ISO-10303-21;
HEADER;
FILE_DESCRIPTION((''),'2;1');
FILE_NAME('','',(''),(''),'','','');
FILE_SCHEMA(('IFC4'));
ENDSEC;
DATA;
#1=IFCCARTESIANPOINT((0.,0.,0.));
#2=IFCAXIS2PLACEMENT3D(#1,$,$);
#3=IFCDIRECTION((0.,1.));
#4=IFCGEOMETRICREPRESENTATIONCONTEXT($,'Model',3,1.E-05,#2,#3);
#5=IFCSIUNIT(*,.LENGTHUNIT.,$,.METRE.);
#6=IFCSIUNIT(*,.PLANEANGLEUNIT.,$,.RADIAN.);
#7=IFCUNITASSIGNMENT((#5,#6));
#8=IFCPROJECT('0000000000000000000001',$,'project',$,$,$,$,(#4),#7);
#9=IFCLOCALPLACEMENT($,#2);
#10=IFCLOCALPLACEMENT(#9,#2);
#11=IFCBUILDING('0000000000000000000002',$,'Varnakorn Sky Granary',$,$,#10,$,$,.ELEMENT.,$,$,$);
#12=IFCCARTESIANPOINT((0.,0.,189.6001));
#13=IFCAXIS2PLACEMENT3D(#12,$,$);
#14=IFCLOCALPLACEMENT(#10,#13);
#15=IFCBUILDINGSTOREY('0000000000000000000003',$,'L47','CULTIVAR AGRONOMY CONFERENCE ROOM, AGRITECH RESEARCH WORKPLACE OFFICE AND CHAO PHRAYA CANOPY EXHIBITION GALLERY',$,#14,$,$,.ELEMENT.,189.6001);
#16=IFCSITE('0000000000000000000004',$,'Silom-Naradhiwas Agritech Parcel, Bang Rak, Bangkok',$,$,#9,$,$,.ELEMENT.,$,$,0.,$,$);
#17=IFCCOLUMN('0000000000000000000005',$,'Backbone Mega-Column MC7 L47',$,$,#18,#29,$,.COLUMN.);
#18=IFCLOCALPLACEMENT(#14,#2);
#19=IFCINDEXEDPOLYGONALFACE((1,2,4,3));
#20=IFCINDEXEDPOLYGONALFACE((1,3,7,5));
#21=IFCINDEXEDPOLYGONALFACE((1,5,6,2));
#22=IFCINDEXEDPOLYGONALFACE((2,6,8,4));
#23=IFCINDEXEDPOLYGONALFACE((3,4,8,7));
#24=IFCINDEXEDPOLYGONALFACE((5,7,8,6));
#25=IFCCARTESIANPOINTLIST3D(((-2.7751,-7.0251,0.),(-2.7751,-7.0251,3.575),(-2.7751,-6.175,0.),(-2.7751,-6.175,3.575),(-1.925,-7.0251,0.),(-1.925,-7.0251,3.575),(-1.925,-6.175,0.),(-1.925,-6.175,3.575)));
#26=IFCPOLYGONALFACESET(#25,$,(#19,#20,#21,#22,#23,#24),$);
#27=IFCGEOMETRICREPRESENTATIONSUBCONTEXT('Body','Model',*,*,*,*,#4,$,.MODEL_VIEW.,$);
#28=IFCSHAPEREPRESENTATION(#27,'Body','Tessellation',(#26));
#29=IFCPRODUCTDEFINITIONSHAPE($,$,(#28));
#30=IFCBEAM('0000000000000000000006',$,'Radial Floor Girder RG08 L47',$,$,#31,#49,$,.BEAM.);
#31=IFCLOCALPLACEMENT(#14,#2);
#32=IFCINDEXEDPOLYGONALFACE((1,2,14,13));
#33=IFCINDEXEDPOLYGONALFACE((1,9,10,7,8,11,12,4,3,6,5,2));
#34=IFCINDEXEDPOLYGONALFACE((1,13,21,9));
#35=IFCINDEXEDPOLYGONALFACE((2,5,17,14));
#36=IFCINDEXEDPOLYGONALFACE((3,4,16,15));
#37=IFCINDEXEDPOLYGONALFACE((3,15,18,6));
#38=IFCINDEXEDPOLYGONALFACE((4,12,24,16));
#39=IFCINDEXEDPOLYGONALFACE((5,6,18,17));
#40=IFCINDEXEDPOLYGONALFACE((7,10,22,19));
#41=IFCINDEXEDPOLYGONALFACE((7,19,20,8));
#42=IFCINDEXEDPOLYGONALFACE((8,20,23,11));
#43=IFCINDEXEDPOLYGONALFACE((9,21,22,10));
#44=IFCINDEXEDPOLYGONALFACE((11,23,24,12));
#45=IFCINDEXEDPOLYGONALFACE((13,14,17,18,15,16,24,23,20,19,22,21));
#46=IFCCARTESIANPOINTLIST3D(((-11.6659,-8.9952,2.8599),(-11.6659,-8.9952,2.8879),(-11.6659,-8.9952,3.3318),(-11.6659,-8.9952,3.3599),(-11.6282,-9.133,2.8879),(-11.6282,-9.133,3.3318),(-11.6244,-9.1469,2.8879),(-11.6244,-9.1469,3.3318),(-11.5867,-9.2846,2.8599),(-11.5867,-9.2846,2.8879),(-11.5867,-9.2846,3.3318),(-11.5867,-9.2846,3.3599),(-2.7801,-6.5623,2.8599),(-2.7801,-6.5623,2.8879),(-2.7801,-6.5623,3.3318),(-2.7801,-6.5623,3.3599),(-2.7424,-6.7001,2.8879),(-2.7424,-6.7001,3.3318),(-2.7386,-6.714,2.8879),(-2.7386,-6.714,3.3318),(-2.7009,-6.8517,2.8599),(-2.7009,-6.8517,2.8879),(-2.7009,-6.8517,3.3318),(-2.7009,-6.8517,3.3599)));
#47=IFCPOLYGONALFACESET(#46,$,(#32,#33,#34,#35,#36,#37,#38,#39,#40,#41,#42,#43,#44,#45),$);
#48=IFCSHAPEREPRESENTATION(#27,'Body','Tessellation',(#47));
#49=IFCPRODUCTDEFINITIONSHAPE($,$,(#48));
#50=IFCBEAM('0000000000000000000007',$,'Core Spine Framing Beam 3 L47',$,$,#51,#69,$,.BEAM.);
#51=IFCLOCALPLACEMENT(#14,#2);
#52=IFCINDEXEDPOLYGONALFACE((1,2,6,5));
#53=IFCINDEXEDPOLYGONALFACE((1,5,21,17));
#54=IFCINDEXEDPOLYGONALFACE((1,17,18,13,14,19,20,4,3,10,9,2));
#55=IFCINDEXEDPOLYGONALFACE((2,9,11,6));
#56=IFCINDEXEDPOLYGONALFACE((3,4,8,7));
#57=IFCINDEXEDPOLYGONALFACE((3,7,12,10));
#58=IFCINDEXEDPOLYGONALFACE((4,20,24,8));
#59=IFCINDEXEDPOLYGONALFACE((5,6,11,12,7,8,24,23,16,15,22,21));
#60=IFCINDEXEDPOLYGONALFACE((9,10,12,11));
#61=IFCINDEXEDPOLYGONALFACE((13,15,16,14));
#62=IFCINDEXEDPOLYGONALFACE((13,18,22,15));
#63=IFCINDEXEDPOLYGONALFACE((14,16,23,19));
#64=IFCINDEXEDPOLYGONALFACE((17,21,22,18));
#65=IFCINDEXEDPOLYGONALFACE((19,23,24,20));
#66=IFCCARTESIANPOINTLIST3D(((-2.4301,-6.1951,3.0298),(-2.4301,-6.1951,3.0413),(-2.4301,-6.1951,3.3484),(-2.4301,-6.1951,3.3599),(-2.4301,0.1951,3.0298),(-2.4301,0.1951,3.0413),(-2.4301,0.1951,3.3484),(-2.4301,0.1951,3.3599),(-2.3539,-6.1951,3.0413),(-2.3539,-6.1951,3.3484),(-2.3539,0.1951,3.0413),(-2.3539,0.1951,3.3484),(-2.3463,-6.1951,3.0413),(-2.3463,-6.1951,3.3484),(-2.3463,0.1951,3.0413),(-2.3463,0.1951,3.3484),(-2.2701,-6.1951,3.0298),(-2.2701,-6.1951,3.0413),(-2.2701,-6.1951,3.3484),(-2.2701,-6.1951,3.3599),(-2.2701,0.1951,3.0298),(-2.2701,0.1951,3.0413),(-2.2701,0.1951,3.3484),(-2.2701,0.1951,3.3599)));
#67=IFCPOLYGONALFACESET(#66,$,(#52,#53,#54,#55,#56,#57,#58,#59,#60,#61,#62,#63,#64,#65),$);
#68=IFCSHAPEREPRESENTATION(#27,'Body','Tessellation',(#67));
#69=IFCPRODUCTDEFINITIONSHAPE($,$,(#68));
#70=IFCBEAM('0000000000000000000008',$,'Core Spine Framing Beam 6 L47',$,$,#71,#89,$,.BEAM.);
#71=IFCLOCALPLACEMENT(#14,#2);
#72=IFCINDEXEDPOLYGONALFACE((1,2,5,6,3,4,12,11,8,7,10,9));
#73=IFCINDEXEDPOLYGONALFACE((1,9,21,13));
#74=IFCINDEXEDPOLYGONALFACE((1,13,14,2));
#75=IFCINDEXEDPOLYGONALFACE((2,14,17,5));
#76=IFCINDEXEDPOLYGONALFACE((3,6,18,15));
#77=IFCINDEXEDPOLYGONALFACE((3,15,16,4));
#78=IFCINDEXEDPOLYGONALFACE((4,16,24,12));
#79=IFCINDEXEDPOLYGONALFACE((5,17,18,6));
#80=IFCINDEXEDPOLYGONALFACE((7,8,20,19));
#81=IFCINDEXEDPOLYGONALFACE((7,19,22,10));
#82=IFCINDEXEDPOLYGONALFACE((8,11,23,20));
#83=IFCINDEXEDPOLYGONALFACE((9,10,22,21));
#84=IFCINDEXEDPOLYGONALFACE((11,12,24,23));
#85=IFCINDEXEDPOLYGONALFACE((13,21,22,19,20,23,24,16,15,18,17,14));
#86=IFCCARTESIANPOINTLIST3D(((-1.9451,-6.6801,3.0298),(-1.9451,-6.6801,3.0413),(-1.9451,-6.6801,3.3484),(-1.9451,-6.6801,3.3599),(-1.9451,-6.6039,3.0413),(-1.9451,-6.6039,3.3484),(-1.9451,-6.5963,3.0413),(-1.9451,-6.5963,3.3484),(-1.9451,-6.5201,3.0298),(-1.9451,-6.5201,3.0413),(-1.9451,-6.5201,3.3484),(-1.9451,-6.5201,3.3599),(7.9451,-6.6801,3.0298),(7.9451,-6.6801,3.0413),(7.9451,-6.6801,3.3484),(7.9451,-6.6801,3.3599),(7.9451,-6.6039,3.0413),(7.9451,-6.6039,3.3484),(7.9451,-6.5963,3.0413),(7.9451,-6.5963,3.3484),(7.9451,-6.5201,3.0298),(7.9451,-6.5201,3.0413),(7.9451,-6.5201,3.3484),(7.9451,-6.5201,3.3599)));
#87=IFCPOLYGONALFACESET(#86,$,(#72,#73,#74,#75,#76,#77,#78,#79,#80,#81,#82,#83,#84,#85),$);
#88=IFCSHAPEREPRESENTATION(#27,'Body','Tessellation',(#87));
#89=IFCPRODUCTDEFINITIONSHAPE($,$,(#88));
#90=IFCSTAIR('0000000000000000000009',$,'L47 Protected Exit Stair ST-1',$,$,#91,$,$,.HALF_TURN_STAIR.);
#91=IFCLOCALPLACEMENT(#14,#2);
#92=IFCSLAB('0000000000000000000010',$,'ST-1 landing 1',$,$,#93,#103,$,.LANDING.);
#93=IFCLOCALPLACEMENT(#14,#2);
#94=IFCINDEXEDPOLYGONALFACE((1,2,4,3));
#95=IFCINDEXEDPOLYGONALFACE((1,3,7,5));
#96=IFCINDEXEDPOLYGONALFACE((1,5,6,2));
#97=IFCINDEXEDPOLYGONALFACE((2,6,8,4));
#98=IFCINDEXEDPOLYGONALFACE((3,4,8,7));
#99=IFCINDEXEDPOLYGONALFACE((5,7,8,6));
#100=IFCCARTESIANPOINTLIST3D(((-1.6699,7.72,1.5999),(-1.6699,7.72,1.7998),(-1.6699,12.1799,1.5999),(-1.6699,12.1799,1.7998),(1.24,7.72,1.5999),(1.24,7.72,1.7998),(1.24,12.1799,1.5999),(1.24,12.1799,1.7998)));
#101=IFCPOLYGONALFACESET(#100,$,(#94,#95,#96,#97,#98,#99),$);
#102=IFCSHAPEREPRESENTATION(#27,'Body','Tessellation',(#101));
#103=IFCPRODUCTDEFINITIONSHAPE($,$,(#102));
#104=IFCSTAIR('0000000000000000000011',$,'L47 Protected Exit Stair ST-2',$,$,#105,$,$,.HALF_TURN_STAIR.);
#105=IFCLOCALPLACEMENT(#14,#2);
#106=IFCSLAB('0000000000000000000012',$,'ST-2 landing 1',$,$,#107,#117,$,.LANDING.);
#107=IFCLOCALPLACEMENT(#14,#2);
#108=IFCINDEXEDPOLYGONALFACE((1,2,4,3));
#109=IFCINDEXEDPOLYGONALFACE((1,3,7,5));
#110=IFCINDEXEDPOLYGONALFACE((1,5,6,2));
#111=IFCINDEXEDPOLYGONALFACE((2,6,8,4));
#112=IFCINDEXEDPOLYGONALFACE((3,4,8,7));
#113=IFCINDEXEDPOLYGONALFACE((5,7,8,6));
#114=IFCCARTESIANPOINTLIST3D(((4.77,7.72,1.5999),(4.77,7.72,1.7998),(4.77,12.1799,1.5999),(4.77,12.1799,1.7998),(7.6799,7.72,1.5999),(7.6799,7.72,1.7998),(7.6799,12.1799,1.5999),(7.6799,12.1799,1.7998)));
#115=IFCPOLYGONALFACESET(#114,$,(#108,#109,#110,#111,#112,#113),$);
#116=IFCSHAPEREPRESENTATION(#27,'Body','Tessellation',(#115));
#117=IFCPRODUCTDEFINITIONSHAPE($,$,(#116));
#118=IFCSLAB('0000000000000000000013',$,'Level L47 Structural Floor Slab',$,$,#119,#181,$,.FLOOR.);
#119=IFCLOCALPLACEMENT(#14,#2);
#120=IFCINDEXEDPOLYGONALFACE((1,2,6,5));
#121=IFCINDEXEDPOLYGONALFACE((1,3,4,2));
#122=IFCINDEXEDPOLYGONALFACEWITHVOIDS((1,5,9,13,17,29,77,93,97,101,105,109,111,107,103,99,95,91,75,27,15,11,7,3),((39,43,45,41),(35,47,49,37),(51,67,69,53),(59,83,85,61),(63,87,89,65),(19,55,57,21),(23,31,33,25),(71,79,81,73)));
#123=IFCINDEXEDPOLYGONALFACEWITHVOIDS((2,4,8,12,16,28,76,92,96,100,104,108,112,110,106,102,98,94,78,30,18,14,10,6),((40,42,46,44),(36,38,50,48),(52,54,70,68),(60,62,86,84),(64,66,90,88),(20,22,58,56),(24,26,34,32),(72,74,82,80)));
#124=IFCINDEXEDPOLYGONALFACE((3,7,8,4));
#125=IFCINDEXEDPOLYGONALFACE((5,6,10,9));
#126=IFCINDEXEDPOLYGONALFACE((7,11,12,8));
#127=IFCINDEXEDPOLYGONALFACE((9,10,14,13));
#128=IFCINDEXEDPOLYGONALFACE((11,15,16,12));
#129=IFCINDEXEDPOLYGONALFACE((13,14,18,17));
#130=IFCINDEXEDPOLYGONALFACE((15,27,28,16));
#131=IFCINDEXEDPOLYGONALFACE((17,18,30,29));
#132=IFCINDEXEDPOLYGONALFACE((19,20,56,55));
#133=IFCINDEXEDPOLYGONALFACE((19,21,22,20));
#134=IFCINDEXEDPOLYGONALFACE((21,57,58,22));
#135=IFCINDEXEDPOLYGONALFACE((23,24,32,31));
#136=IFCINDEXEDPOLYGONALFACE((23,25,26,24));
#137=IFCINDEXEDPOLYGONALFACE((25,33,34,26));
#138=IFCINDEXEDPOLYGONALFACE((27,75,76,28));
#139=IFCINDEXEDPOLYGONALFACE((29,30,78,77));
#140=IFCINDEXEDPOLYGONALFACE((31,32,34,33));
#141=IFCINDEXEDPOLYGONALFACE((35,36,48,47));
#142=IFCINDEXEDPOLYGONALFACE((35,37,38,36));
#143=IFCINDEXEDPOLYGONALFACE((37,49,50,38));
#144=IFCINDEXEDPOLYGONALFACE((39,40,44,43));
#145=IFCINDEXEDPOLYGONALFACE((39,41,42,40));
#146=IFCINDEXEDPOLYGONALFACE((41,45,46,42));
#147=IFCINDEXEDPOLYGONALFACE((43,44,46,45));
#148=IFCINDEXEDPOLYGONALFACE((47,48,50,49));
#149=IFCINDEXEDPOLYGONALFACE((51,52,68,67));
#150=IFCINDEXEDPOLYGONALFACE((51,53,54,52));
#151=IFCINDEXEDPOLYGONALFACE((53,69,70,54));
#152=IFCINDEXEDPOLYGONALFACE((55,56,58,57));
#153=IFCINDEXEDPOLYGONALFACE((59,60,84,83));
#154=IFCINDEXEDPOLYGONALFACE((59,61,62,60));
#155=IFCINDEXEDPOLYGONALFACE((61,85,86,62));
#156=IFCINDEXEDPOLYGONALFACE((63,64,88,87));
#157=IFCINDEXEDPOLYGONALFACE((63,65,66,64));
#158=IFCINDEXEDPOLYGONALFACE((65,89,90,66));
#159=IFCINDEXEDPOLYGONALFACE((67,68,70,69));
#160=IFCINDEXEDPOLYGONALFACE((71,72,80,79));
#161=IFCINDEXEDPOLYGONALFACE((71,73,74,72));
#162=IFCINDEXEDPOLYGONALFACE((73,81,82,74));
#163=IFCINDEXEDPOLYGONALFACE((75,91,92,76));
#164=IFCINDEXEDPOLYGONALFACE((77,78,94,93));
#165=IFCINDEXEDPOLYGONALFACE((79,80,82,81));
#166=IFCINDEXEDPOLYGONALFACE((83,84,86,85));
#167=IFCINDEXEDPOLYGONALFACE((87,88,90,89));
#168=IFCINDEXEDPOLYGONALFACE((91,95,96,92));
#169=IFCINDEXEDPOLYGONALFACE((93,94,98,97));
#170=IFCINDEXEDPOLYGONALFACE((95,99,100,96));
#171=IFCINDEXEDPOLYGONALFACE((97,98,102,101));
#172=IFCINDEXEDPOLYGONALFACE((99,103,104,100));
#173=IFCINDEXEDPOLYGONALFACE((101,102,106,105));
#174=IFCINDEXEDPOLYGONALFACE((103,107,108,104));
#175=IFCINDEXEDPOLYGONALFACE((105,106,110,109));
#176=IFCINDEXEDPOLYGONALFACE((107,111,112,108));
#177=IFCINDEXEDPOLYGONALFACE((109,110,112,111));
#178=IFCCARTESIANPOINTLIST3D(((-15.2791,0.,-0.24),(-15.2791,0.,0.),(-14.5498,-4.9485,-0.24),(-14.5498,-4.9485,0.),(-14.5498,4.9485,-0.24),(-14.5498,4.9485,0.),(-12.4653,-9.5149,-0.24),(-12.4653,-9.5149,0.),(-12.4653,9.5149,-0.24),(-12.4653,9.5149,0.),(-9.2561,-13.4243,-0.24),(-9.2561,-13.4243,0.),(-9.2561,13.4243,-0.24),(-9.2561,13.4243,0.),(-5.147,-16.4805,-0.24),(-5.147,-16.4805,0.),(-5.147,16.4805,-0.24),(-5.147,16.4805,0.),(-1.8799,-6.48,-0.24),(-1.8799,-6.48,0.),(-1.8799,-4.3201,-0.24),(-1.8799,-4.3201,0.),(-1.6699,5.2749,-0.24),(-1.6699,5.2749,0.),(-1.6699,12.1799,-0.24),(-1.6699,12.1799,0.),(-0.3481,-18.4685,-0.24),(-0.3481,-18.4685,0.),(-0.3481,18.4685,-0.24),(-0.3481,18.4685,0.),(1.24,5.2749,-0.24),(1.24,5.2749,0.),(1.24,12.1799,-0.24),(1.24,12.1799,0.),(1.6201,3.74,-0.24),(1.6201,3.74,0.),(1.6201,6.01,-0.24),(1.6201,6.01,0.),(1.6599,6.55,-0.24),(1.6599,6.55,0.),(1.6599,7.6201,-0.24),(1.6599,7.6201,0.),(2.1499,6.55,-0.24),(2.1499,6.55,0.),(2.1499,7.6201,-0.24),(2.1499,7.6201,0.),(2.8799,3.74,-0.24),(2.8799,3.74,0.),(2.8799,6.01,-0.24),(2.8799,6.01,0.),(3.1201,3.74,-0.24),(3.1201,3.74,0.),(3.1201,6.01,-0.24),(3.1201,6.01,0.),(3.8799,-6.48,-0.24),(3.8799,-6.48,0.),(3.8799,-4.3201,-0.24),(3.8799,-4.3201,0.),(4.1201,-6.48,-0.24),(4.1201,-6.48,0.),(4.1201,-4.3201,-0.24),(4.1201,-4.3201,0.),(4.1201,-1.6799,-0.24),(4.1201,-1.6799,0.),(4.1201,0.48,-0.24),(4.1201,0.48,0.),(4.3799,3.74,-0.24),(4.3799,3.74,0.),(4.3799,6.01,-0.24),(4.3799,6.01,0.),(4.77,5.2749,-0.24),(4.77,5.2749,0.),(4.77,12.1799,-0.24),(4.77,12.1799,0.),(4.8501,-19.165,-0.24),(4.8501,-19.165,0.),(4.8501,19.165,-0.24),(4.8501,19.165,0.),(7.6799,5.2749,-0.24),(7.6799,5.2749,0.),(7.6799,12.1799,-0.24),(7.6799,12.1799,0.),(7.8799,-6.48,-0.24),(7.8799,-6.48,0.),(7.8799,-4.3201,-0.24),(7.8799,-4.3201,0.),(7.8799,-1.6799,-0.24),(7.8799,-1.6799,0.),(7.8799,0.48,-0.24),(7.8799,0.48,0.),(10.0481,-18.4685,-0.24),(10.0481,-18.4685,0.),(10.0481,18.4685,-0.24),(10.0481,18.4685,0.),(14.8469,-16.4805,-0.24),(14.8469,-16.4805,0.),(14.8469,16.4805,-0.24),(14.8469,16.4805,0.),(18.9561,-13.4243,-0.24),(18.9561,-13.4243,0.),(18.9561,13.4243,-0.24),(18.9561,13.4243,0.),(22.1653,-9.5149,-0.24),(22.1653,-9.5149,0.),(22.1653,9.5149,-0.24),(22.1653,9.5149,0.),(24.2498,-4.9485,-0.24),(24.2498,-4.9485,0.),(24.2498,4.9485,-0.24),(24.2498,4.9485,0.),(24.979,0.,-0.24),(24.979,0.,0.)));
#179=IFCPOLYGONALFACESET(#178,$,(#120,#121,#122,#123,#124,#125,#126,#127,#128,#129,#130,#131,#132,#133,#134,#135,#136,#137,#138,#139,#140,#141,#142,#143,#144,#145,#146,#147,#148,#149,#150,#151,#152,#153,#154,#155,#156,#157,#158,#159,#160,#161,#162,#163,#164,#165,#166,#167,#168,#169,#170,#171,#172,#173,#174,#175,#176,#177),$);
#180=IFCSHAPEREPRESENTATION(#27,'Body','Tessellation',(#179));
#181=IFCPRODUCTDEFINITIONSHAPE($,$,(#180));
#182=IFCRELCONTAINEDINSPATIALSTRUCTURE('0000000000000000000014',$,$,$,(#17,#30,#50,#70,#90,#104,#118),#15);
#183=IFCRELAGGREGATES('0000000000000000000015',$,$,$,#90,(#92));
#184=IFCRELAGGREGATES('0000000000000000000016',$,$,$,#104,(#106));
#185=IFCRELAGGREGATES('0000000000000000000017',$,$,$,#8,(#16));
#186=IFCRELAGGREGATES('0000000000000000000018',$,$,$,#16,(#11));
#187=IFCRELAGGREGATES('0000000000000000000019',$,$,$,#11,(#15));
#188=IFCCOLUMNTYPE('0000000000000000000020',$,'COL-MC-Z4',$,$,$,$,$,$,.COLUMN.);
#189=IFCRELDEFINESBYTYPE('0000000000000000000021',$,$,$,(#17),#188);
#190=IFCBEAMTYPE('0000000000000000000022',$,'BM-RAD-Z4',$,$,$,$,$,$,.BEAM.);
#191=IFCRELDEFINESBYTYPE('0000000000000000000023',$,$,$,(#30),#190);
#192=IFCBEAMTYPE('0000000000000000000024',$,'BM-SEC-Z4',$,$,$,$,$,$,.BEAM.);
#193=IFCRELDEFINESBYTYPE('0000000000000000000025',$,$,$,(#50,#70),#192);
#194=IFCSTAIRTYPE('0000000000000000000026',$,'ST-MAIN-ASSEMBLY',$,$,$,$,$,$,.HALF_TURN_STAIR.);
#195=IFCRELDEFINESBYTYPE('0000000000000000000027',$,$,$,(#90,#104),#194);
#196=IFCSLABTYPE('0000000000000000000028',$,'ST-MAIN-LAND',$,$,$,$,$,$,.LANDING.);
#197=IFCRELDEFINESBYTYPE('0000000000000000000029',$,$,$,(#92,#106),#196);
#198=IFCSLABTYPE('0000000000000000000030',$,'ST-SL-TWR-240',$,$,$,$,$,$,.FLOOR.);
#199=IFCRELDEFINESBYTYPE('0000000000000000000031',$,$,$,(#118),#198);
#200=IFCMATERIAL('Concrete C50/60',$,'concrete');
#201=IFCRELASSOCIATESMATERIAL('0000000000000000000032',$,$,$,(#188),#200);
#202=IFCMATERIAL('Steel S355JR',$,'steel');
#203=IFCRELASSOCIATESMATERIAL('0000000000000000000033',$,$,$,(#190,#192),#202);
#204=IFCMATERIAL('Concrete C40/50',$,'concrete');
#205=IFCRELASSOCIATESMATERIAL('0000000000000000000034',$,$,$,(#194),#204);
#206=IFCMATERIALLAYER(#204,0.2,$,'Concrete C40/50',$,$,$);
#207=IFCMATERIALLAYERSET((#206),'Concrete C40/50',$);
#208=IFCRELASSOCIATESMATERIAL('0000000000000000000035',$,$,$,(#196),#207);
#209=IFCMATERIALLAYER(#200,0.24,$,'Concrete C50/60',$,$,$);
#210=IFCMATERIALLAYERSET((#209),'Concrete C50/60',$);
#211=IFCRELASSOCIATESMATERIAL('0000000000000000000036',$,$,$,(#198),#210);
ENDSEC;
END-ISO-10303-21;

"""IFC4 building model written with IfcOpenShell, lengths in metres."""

from ifc_helpers import new_model, si_unit, direction, frame, origin, origin_2d, place, context, subcontext, project, spatial, polyline, rectangle, i_section, outline, extrude, material, layer, layer_set, material_profile, profile_set, type_object, element, aggregate, save


model = new_model("IFC4")

# Units and contexts
model_context = context("Model", 3, precision=1e-05, world=origin(), true_north=direction((0.0, 1.0)))
body_context = subcontext(model_context, "Body", "Model", "MODEL_VIEW")
ifc_project = project(units=[si_unit("LENGTHUNIT", "METRE"), si_unit("PLANEANGLEUNIT", "RADIAN")], contexts=[model_context])

# Site, building, storey
site_placement = place(None, origin())
site = spatial("IfcSite", under=ifc_project, at=site_placement, Name="Silom-Naradhiwas Agritech Parcel, Bang Rak, Bangkok", CompositionType="ELEMENT", RefElevation=0.0)
building_placement = place(site_placement, origin())
building = spatial("IfcBuilding", under=site, at=building_placement, Name="Varnakorn Sky Granary", CompositionType="ELEMENT")
storey_placement = place(building_placement, frame((0.0, 0.0, 189.6001)))
storey = spatial("IfcBuildingStorey", under=building, at=storey_placement, Name="L47", Description="CULTIVAR AGRONOMY CONFERENCE ROOM, AGRITECH RESEARCH WORKPLACE OFFICE AND CHAO PHRAYA CANOPY EXHIBITION GALLERY", CompositionType="ELEMENT", Elevation=189.6001)

# Column
ifc_material_1 = material(Name="Concrete C50/60", Category="concrete")
ifc_material_profile_1 = material_profile(ifc_material_1, rectangle(XDim=0.8501, YDim=0.8501, at=origin_2d()), Name="RC 850x850")
ifc_profile_set_1 = profile_set([ifc_material_profile_1], Name="Concrete C50/60")
column_type = type_object("IfcColumnType", Name="COL-MC-Z4", PredefinedType="COLUMN", material=ifc_profile_set_1)
column_placement = place(storey_placement, frame((-2.3501, -6.6001, 0.0), z_axis=(0.0, 0.0, 1.0), x_axis=(1.0, 0.0, 0.0)))
element("IfcColumn", 1, at=column_placement, inside=storey, type_object=column_type, Name="Backbone Mega-Column MC7 L47", PredefinedType="COLUMN", context=body_context, shape_type="SweptSolid", body=[
    extrude(rectangle(XDim=0.8501, YDim=0.8501, at=origin_2d()), origin(), (0.0, 0.0, 1.0), 3.575),
])

# Beams
ifc_material_2 = material(Name="Steel S355JR", Category="steel")
ifc_material_profile_2 = material_profile(ifc_material_2, i_section(OverallWidth=0.3, OverallDepth=0.5, WebThickness=0.0144, FlangeThickness=0.0281, at=origin_2d()), Name="HE 500 B")
ifc_profile_set_2 = profile_set([ifc_material_profile_2], Name="Steel S355JR")
beam_type_1 = type_object("IfcBeamType", Name="BM-RAD-Z4", PredefinedType="BEAM", material=ifc_profile_set_2)
beam_1_placement = place(storey_placement, frame((-2.7405, -6.707, 3.1099), z_axis=(-0.964502, -0.264075, 0.0), x_axis=(0.264075, -0.964502, 0.0)))
element("IfcBeam", 2, at=beam_1_placement, inside=storey, type_object=beam_type_1, Name="Radial Floor Girder RG08 L47", PredefinedType="BEAM", context=body_context, shape_type="SweptSolid", body=[
    extrude(i_section(OverallWidth=0.3, OverallDepth=0.5, WebThickness=0.0144, FlangeThickness=0.0281, at=origin_2d()), origin(), (0.0, 0.0, 1.0), 9.2129),
])
ifc_material_profile_3 = material_profile(ifc_material_2, i_section(OverallWidth=0.1599, OverallDepth=0.3301, WebThickness=0.0076, FlangeThickness=0.0115, at=origin_2d()), Name="IPE 330")
ifc_profile_set_3 = profile_set([ifc_material_profile_3], Name="Steel S355JR")
beam_type_2 = type_object("IfcBeamType", Name="BM-SEC-Z4", PredefinedType="BEAM", material=ifc_profile_set_3)
beam_2_placement = place(storey_placement, frame((-2.3501, 0.1951, 3.1948), z_axis=(0.0, -1.0, 0.0), x_axis=(1.0, 0.0, 0.0)))
element("IfcBeam", 3, at=beam_2_placement, inside=storey, type_object=beam_type_2, Name="Core Spine Framing Beam 3 L47", PredefinedType="BEAM", context=body_context, shape_type="SweptSolid", body=[
    extrude(i_section(OverallWidth=0.1599, OverallDepth=0.3301, WebThickness=0.0076, FlangeThickness=0.0115, at=origin_2d()), origin(), (0.0, 0.0, 1.0), 6.3901),
])
beam_3_placement = place(storey_placement, frame((-1.9451, -6.6001, 3.1948), z_axis=(1.0, 0.0, 0.0), x_axis=(0.0, 1.0, 0.0)))
element("IfcBeam", 4, at=beam_3_placement, inside=storey, type_object=beam_type_2, Name="Core Spine Framing Beam 6 L47", PredefinedType="BEAM", context=body_context, shape_type="SweptSolid", body=[
    extrude(i_section(OverallWidth=0.1599, OverallDepth=0.3301, WebThickness=0.0076, FlangeThickness=0.0115, at=origin_2d()), origin(), (0.0, 0.0, 1.0), 9.8901),
])

# Stairs, slabs
ifc_material_3 = material(Name="Concrete C40/50", Category="concrete")
stair_type = type_object("IfcStairType", Name="ST-MAIN-ASSEMBLY", PredefinedType="HALF_TURN_STAIR", material=ifc_material_3)
stair_1_placement = place(storey_placement, origin())
stair_1 = element("IfcStair", 5, at=stair_1_placement, inside=storey, type_object=stair_type, Name="L47 Protected Exit Stair ST-1", PredefinedType="HALF_TURN_STAIR")
ifc_layer_1 = layer(ifc_material_3, 0.2, Name="Concrete C40/50")
ifc_layer_set_1 = layer_set([ifc_layer_1], Name="Concrete C40/50")
slab_type_1 = type_object("IfcSlabType", Name="ST-MAIN-LAND", PredefinedType="LANDING", material=ifc_layer_set_1)
slab_1_placement = place(storey_placement, frame((0.0, 0.0, 1.5999)))
slab_1 = element("IfcSlab", 6, at=slab_1_placement, type_object=slab_type_1, Name="ST-1 landing 1", PredefinedType="LANDING", context=body_context, shape_type="SweptSolid", body=[
    extrude(outline(polyline([(1.24, 7.72), (1.24, 12.1799), (-1.6699, 12.1799), (-1.6699, 7.72), (1.24, 7.72)])), origin(), (0.0, 0.0, 1.0), 0.2),
])
aggregate(stair_1, [slab_1])
stair_2_placement = place(storey_placement, origin())
stair_2 = element("IfcStair", 7, at=stair_2_placement, inside=storey, type_object=stair_type, Name="L47 Protected Exit Stair ST-2", PredefinedType="HALF_TURN_STAIR")
slab_2_placement = place(storey_placement, frame((0.0, 0.0, 1.5999)))
slab_2 = element("IfcSlab", 8, at=slab_2_placement, type_object=slab_type_1, Name="ST-2 landing 1", PredefinedType="LANDING", context=body_context, shape_type="SweptSolid", body=[
    extrude(outline(polyline([(7.6799, 7.72), (7.6799, 12.1799), (4.77, 12.1799), (4.77, 7.72), (7.6799, 7.72)])), origin(), (0.0, 0.0, 1.0), 0.2),
])
aggregate(stair_2, [slab_2])

# Slab
ifc_layer_2 = layer(ifc_material_1, 0.24, Name="Concrete C50/60")
ifc_layer_set_2 = layer_set([ifc_layer_2], Name="Concrete C50/60")
slab_type_2 = type_object("IfcSlabType", Name="ST-SL-TWR-240", PredefinedType="FLOOR", material=ifc_layer_set_2)
slab_3_placement = place(storey_placement, frame((0.0, 0.0, -0.24)))
element("IfcSlab", 9, at=slab_3_placement, inside=storey, type_object=slab_type_2, Name="Level L47 Structural Floor Slab", PredefinedType="FLOOR", context=body_context, shape_type="SweptSolid", body=[
    extrude(outline(polyline([(24.979, 0.0), (24.2498, 4.9485), (22.1653, 9.5149), (18.9561, 13.4243), (14.8469, 16.4805), (10.0481, 18.4685), (4.8501, 19.165), (-0.3481, 18.4685), (-5.147, 16.4805), (-9.2561, 13.4243), (-12.4653, 9.5149), (-14.5498, 4.9485), (-15.2791, 0.0), (-14.5498, -4.9485), (-12.4653, -9.5149), (-9.2561, -13.4243), (-5.147, -16.4805), (-0.3481, -18.4685), (4.8501, -19.165), (10.0481, -18.4685), (14.8469, -16.4805), (18.9561, -13.4243), (22.1653, -9.5149), (24.2498, -4.9485), (24.979, 0.0)]), holes=[polyline([(1.24, 5.2749), (1.24, 12.1799), (-1.6699, 12.1799), (-1.6699, 5.2749), (1.24, 5.2749)]), polyline([(7.6799, 5.2749), (7.6799, 12.1799), (4.77, 12.1799), (4.77, 5.2749), (7.6799, 5.2749)]), polyline([(1.6599, 6.55), (2.1499, 6.55), (2.1499, 7.6201), (1.6599, 7.6201), (1.6599, 6.55)]), polyline([(1.6201, 3.74), (2.8799, 3.74), (2.8799, 6.01), (1.6201, 6.01), (1.6201, 3.74)]), polyline([(3.1201, 3.74), (4.3799, 3.74), (4.3799, 6.01), (3.1201, 6.01), (3.1201, 3.74)]), polyline([(4.1201, -1.6799), (7.8799, -1.6799), (7.8799, 0.48), (4.1201, 0.48), (4.1201, -1.6799)]), polyline([(-1.8799, -6.48), (3.8799, -6.48), (3.8799, -4.3201), (-1.8799, -4.3201), (-1.8799, -6.48)]), polyline([(4.1201, -6.48), (7.8799, -6.48), (7.8799, -4.3201), (4.1201, -4.3201), (4.1201, -6.48)])]), origin(), (0.0, 0.0, 1.0), 0.24),
])

save(model, "model.ifc")
